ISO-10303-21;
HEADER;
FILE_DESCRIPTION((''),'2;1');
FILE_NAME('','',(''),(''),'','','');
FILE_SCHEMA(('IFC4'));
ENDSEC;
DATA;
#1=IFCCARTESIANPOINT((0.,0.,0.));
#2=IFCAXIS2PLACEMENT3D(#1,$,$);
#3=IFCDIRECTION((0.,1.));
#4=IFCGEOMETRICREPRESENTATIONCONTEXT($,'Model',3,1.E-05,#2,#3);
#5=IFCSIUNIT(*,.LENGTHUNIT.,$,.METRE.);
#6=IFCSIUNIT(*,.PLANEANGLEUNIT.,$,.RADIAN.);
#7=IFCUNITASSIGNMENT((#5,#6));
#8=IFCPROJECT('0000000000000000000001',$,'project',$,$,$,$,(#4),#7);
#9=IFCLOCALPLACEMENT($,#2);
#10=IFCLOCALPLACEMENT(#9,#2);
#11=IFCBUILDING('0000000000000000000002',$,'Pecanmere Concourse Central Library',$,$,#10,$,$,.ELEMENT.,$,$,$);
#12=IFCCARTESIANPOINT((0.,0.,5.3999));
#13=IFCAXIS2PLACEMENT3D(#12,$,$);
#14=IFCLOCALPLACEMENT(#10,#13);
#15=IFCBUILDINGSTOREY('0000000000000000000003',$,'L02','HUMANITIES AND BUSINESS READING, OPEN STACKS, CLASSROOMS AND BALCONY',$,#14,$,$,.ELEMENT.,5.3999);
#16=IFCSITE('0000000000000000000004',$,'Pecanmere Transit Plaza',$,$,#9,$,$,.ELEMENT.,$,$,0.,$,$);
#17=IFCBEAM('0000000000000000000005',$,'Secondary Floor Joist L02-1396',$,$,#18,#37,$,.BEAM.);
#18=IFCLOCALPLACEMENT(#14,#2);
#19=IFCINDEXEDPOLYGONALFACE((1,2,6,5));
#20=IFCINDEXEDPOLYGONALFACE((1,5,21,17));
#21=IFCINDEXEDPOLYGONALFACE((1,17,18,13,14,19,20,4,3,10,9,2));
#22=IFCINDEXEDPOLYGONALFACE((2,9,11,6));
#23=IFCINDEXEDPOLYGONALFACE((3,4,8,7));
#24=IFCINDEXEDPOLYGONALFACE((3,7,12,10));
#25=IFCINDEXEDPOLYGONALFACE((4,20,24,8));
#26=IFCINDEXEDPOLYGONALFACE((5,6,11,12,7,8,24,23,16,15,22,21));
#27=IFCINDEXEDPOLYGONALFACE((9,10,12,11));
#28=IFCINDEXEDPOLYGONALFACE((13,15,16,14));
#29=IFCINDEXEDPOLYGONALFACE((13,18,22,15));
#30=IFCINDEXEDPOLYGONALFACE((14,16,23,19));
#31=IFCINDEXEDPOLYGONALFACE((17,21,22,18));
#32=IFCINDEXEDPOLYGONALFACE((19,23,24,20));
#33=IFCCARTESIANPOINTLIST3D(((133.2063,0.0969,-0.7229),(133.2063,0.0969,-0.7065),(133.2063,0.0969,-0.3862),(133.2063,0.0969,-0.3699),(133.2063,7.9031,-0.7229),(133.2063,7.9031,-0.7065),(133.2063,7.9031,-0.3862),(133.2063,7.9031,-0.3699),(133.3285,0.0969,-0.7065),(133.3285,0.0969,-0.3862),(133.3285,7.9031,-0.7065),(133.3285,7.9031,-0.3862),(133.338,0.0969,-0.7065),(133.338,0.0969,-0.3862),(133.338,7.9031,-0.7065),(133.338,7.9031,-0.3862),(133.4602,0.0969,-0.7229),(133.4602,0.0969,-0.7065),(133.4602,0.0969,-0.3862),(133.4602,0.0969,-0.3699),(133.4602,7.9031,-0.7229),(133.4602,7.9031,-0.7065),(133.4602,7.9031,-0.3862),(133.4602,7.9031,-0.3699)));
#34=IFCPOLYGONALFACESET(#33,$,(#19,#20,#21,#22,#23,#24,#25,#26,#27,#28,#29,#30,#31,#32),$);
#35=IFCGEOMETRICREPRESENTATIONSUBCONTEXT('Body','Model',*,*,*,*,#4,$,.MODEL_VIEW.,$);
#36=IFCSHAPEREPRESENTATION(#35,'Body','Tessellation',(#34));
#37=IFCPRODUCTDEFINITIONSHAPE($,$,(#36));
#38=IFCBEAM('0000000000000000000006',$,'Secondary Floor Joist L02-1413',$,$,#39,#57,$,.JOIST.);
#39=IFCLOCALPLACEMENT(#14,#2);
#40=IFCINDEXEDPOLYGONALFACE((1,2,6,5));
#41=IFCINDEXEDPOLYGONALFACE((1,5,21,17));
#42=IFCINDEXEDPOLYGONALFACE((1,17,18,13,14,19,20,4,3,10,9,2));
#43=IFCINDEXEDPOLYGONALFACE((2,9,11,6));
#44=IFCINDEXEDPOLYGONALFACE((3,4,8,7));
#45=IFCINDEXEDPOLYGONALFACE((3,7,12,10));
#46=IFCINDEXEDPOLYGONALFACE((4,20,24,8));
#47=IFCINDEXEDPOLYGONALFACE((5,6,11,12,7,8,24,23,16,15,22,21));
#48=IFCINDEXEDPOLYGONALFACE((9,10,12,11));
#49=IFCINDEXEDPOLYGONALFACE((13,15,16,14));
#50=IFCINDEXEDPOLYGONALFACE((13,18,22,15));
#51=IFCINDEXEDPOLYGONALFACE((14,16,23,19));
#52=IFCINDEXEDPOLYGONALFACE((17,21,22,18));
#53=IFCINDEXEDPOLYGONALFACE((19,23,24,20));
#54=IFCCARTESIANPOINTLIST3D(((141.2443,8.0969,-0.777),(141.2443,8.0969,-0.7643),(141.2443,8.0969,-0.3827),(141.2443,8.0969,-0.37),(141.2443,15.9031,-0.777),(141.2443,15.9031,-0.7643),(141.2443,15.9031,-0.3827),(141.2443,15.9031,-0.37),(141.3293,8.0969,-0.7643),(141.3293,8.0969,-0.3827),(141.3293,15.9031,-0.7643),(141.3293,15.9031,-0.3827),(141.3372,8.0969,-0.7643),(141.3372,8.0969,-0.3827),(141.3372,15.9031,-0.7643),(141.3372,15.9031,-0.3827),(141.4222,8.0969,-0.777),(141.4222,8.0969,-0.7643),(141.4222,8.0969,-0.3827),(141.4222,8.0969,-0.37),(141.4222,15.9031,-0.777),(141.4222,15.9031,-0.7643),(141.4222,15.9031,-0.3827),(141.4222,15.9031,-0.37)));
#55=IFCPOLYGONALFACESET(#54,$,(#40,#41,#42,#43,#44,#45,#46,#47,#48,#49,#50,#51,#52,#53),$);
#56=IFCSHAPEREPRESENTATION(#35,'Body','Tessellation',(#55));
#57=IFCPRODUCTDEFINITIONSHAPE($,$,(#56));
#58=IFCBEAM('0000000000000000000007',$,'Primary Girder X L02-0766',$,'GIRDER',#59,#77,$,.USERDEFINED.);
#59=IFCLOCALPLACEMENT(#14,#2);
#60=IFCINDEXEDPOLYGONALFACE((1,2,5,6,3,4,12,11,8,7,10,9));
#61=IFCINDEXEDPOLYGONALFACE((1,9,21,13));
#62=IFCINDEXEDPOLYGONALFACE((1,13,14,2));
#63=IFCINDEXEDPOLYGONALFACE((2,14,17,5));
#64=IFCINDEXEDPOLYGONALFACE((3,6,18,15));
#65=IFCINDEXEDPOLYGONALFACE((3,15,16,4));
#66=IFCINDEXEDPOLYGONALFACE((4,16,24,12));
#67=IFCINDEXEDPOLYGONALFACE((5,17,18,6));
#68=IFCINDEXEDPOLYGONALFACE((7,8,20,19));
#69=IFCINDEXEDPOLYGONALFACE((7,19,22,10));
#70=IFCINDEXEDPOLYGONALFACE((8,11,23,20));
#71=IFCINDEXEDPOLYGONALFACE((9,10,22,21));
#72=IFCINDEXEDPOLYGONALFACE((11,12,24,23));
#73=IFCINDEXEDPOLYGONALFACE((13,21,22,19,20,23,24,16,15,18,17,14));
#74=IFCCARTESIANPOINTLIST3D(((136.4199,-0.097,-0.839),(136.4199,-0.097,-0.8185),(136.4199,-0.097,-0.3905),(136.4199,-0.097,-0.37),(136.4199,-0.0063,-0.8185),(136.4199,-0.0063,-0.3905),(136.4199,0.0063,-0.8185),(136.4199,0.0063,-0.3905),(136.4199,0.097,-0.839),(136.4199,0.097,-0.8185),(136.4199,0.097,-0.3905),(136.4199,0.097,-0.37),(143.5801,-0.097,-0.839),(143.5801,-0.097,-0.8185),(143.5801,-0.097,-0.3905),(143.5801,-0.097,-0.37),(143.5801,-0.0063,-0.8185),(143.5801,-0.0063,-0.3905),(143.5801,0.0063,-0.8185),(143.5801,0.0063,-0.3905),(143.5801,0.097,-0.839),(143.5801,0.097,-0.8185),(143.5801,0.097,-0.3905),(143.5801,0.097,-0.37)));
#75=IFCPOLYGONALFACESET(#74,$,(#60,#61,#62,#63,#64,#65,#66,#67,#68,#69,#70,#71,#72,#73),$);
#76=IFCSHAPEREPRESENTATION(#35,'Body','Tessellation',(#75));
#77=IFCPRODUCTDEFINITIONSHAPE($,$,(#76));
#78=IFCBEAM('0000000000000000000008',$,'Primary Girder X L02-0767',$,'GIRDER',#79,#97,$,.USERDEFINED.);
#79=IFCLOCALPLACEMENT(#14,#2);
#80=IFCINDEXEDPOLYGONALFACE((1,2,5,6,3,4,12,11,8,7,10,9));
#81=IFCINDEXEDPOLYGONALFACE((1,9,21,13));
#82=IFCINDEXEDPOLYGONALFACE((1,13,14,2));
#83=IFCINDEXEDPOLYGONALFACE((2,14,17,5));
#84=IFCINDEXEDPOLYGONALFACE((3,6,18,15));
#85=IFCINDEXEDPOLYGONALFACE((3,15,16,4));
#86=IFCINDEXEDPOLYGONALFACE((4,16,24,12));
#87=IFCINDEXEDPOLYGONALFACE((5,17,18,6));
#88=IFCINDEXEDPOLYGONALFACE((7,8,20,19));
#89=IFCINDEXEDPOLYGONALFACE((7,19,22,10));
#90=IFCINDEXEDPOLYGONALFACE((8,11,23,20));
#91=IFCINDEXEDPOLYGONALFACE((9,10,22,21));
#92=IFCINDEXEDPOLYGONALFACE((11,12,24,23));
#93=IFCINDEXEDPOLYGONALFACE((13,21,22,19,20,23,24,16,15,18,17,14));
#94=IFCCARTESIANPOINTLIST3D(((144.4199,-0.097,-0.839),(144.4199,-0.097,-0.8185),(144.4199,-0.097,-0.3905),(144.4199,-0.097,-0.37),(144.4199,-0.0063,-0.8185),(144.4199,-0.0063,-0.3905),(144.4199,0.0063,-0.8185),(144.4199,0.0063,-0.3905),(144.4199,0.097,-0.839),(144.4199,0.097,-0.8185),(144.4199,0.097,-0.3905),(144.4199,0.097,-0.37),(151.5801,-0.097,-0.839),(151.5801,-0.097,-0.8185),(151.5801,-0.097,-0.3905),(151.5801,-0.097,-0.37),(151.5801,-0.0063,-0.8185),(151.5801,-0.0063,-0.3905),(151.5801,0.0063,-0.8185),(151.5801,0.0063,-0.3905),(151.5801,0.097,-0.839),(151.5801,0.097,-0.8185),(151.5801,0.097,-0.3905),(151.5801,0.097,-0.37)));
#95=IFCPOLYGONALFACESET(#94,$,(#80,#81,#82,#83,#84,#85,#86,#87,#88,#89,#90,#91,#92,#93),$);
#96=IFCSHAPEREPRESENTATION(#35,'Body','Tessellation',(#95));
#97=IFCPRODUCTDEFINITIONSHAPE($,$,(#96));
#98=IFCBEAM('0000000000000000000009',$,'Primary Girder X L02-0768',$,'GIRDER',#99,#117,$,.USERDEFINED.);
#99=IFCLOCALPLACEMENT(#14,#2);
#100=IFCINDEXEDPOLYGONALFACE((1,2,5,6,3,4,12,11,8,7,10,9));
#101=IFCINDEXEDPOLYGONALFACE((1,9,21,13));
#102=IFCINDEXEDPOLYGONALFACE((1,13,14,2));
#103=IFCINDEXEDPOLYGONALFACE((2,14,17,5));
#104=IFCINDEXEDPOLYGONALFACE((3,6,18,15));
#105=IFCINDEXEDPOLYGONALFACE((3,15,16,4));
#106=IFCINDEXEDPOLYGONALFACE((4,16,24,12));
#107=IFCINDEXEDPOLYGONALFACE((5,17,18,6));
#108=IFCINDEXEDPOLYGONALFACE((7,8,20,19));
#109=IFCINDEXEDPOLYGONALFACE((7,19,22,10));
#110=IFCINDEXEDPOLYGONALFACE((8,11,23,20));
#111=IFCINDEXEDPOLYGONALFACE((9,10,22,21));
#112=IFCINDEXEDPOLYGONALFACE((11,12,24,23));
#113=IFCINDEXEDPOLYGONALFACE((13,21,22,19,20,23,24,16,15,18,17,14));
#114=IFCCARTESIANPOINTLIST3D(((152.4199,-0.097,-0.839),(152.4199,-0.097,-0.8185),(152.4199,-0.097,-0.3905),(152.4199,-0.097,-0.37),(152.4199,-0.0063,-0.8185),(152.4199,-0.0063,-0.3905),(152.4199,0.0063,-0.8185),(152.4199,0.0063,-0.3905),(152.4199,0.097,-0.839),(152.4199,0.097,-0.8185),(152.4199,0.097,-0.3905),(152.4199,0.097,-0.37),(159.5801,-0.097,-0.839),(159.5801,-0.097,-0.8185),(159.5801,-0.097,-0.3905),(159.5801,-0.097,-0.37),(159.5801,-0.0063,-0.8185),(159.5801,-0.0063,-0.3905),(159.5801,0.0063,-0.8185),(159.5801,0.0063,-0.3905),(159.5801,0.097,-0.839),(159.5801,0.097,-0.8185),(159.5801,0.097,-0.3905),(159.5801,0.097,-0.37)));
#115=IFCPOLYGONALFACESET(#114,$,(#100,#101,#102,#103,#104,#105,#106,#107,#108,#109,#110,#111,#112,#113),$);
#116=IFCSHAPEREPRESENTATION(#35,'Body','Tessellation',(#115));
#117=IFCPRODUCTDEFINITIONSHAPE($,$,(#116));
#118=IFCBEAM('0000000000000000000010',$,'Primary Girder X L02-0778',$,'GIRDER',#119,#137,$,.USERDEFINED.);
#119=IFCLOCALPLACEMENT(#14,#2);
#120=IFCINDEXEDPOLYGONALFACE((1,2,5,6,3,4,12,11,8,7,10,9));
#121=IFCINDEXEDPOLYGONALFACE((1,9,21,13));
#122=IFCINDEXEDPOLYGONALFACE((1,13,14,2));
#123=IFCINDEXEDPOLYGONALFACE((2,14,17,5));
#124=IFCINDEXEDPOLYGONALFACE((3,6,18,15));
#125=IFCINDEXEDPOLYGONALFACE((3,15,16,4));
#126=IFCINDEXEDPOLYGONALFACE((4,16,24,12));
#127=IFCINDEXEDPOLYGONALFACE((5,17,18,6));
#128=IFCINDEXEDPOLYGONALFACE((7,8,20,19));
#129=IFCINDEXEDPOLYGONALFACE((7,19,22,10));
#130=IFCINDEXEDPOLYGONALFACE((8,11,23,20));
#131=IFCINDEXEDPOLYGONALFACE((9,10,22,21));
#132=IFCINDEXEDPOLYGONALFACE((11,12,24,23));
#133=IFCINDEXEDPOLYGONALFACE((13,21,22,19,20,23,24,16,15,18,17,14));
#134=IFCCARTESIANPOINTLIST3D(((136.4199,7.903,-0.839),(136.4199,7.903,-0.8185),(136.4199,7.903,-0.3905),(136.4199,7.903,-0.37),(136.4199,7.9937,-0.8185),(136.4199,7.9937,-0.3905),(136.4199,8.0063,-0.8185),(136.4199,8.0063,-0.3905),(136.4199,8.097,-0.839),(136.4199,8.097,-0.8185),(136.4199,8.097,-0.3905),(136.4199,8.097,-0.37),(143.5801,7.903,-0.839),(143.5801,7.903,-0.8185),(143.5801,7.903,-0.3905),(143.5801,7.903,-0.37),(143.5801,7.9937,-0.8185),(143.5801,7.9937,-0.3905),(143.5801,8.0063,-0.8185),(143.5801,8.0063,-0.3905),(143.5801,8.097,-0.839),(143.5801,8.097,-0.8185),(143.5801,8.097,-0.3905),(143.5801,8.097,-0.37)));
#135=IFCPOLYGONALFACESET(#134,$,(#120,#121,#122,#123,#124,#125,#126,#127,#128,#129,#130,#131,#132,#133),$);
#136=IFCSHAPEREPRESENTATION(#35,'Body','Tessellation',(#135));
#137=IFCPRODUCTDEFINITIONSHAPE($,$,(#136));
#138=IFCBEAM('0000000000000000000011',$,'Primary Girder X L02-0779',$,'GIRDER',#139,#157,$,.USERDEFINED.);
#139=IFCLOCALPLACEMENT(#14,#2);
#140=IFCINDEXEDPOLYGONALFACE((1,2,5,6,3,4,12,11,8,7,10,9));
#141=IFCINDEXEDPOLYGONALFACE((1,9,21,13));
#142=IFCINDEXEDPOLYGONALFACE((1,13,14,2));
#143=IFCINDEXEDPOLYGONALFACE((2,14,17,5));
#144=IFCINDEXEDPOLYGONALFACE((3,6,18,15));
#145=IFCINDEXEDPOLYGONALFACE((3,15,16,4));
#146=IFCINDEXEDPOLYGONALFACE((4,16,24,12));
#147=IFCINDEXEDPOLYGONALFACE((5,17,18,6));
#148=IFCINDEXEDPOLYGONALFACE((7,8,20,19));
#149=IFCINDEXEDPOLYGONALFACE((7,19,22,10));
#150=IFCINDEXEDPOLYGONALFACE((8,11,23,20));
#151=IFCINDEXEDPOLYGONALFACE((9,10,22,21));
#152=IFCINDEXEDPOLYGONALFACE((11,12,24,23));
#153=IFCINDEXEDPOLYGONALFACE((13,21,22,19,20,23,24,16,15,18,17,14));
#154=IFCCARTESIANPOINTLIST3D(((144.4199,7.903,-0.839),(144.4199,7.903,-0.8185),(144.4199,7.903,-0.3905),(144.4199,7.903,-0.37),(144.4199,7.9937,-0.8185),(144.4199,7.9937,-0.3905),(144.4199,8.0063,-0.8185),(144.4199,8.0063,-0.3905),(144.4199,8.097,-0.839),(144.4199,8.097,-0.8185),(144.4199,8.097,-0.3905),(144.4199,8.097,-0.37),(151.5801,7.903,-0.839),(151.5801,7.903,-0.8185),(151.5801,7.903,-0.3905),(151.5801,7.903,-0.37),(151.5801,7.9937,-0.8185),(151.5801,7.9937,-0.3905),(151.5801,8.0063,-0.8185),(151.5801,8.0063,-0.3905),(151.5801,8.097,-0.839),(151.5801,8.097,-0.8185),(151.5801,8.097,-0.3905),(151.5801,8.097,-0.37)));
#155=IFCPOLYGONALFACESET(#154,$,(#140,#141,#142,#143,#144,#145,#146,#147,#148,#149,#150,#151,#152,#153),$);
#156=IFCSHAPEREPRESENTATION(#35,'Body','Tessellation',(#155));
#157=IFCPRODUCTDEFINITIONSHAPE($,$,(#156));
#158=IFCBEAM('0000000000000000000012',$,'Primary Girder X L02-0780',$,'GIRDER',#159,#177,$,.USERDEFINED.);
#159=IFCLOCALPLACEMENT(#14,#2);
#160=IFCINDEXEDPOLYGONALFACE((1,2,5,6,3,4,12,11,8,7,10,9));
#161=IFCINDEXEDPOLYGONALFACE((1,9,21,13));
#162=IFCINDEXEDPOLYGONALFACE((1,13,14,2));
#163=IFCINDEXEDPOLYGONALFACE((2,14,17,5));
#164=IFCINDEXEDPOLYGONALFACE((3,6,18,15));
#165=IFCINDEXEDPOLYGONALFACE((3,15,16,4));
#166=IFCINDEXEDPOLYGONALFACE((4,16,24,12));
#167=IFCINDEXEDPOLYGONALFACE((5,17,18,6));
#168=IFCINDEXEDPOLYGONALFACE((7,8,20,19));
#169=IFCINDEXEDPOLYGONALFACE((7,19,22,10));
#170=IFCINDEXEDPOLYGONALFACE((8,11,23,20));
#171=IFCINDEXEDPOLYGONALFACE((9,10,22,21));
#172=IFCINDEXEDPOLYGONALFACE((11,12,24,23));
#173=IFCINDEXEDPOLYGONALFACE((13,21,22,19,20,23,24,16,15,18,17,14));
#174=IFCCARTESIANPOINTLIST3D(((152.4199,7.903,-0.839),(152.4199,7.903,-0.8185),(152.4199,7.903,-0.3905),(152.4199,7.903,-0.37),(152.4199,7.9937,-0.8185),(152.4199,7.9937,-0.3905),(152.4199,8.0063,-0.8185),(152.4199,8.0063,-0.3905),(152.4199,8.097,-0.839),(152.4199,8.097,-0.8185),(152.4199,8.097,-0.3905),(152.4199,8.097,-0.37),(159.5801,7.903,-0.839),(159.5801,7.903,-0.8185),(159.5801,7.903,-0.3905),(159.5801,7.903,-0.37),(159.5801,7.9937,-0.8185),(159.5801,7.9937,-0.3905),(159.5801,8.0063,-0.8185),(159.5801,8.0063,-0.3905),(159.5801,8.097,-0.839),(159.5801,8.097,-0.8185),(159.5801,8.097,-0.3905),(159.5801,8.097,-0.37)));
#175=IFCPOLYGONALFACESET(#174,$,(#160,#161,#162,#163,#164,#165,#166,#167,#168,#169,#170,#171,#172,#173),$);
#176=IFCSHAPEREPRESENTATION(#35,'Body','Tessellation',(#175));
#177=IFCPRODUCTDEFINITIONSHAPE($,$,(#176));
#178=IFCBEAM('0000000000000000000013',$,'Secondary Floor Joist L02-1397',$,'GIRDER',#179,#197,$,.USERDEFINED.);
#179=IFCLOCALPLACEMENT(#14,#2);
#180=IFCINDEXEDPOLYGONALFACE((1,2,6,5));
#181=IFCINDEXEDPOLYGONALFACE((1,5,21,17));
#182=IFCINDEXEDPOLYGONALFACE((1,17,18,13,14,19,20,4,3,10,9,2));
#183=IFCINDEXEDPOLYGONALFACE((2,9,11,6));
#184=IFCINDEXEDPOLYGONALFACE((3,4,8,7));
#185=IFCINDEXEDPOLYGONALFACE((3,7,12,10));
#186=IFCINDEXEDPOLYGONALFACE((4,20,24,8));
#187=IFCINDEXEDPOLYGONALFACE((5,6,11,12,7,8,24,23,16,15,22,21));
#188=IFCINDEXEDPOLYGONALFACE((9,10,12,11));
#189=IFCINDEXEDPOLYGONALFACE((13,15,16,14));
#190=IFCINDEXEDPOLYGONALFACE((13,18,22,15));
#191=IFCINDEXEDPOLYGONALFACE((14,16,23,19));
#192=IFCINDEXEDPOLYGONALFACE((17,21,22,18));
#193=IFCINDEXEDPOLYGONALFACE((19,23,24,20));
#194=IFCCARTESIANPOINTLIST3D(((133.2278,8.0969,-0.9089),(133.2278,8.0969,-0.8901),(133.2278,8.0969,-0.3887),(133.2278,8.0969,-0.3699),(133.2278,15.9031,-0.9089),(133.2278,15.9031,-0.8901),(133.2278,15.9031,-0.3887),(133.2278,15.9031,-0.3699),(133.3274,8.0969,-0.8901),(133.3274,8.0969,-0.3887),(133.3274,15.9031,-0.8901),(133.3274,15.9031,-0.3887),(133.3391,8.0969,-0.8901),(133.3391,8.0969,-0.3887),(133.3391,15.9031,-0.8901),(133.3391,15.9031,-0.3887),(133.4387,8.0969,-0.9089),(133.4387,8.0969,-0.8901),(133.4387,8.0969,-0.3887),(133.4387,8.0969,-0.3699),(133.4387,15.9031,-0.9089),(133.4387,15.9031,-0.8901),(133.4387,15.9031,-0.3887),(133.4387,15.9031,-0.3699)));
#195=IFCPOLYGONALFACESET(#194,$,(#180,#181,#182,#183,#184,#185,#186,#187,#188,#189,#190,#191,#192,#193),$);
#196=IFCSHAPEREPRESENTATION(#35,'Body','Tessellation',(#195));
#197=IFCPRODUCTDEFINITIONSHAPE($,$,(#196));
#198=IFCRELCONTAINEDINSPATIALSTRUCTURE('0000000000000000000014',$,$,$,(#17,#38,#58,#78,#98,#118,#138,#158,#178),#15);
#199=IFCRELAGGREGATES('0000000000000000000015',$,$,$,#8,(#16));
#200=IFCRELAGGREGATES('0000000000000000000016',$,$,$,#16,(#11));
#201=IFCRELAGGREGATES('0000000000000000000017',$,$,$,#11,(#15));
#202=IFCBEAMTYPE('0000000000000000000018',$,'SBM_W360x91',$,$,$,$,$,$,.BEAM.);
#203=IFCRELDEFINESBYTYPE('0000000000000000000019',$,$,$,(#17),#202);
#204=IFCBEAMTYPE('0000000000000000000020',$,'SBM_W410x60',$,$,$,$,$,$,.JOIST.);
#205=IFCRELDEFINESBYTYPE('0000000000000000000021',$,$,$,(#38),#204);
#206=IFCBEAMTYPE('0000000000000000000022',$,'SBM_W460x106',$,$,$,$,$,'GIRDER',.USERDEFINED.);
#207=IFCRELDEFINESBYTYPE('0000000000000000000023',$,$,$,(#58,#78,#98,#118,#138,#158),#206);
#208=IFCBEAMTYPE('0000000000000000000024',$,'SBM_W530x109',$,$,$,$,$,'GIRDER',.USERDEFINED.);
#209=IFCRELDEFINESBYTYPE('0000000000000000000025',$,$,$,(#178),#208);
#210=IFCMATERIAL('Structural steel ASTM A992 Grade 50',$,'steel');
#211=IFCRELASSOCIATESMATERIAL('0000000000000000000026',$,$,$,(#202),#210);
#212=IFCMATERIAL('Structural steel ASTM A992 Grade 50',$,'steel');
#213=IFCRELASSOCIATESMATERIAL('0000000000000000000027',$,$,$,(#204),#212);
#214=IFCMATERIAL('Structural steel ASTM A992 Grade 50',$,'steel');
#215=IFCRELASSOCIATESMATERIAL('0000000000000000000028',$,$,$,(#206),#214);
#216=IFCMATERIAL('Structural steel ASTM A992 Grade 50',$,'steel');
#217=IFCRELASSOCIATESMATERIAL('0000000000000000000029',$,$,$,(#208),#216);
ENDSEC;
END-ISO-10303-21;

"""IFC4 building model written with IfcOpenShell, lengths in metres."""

from ifc_helpers import new_model, si_unit, direction, frame, origin, origin_2d, place, context, subcontext, project, spatial, i_section, extrude, material, material_profile, profile_set, type_object, element, save


model = new_model("IFC4")

# Units and contexts
model_context = context("Model", 3, precision=1e-05, world=origin(), true_north=direction((0.0, 1.0)))
body_context = subcontext(model_context, "Body", "Model", "MODEL_VIEW")
ifc_project = project(units=[si_unit("LENGTHUNIT", "METRE"), si_unit("PLANEANGLEUNIT", "RADIAN")], contexts=[model_context])

# Site, building, storey
site_placement = place(None, origin())
site = spatial("IfcSite", under=ifc_project, at=site_placement, Name="Pecanmere Transit Plaza", CompositionType="ELEMENT", RefElevation=0.0)
building_placement = place(site_placement, origin())
building = spatial("IfcBuilding", under=site, at=building_placement, Name="Pecanmere Concourse Central Library", CompositionType="ELEMENT")
storey_placement = place(building_placement, frame((0.0, 0.0, 5.3999)))
storey = spatial("IfcBuildingStorey", under=building, at=storey_placement, Name="L02", Description="HUMANITIES AND BUSINESS READING, OPEN STACKS, CLASSROOMS AND BALCONY", CompositionType="ELEMENT", Elevation=5.3999)

# Beams
ifc_material_1 = material(Name="Structural steel ASTM A992 Grade 50", Category="steel")
ifc_material_profile_1 = material_profile(ifc_material_1, i_section(OverallWidth=0.2539, OverallDepth=0.353, WebThickness=0.0095, FlangeThickness=0.0164, at=origin_2d()), Name="W360x91")
ifc_profile_set_1 = profile_set([ifc_material_profile_1], Name="Structural steel ASTM A992 Grade 50")
beam_type_1 = type_object("IfcBeamType", Name="SBM_W360x91", PredefinedType="BEAM", material=ifc_profile_set_1)
beam_1_placement = place(storey_placement, frame((133.3333, 0.0969, -0.5464), z_axis=(0.0, 1.0, 0.0), x_axis=(-1.0, 0.0, 0.0)))
element("IfcBeam", 1, at=beam_1_placement, inside=storey, type_object=beam_type_1, Name="Secondary Floor Joist L02-1396", PredefinedType="BEAM", context=body_context, shape_type="SweptSolid", body=[
    extrude(i_section(OverallWidth=0.2539, OverallDepth=0.353, WebThickness=0.0095, FlangeThickness=0.0164, at=origin_2d()), origin(), (0.0, 0.0, 1.0), 7.8062),
])
ifc_material_2 = material(Name="Structural steel ASTM A992 Grade 50", Category="steel")
ifc_material_profile_2 = material_profile(ifc_material_2, i_section(OverallWidth=0.178, OverallDepth=0.407, WebThickness=0.0078, FlangeThickness=0.0127, at=origin_2d()), Name="W410x60")
ifc_profile_set_2 = profile_set([ifc_material_profile_2], Name="Structural steel ASTM A992 Grade 50")
beam_type_2 = type_object("IfcBeamType", Name="SBM_W410x60", PredefinedType="JOIST", material=ifc_profile_set_2)
beam_2_placement = place(storey_placement, frame((141.3333, 8.0969, -0.5735), z_axis=(0.0, 1.0, 0.0), x_axis=(-1.0, 0.0, 0.0)))
element("IfcBeam", 2, at=beam_2_placement, inside=storey, type_object=beam_type_2, Name="Secondary Floor Joist L02-1413", PredefinedType="JOIST", context=body_context, shape_type="SweptSolid", body=[
    extrude(i_section(OverallWidth=0.178, OverallDepth=0.407, WebThickness=0.0078, FlangeThickness=0.0127, at=origin_2d()), origin(), (0.0, 0.0, 1.0), 7.8062),
])
ifc_material_3 = material(Name="Structural steel ASTM A992 Grade 50", Category="steel")
ifc_material_profile_3 = material_profile(ifc_material_3, i_section(OverallWidth=0.1941, OverallDepth=0.469, WebThickness=0.0127, FlangeThickness=0.0205, at=origin_2d()), Name="W460x106")
ifc_profile_set_3 = profile_set([ifc_material_profile_3], Name="Structural steel ASTM A992 Grade 50")
beam_type_3 = type_object("IfcBeamType", Name="SBM_W460x106", ElementType="GIRDER", PredefinedType="USERDEFINED", material=ifc_profile_set_3)
for number, where, z_axis, x_axis, name in (
    (3, (136.4199, 0.0, -0.6045), (1.0, 0.0, 0.0), (0.0, 1.0, 0.0), "Primary Girder X L02-0766"),
    (4, (144.4199, 0.0, -0.6045), (1.0, 0.0, 0.0), (0.0, 1.0, 0.0), "Primary Girder X L02-0767"),
    (5, (152.4199, 0.0, -0.6045), (1.0, 0.0, 0.0), (0.0, 1.0, 0.0), "Primary Girder X L02-0768"),
    (6, (136.4199, 8.0, -0.6045), (1.0, 0.0, 0.0), (0.0, 1.0, 0.0), "Primary Girder X L02-0778"),
    (7, (144.4199, 8.0, -0.6045), (1.0, 0.0, 0.0), (0.0, 1.0, 0.0), "Primary Girder X L02-0779"),
    (8, (152.4199, 8.0, -0.6045), (1.0, 0.0, 0.0), (0.0, 1.0, 0.0), "Primary Girder X L02-0780"),
):
    element("IfcBeam", number, at=place(storey_placement, frame(where, z_axis=z_axis, x_axis=x_axis)), inside=storey, type_object=beam_type_3, Name=name, ObjectType="GIRDER", PredefinedType="USERDEFINED", context=body_context, shape_type="SweptSolid", body=[
        extrude(i_section(OverallWidth=0.1941, OverallDepth=0.469, WebThickness=0.0127, FlangeThickness=0.0205, at=origin_2d()), origin(), (0.0, 0.0, 1.0), 7.1602),
    ])
ifc_material_4 = material(Name="Structural steel ASTM A992 Grade 50", Category="steel")
ifc_material_profile_4 = material_profile(ifc_material_4, i_section(OverallWidth=0.2109, OverallDepth=0.5391, WebThickness=0.0117, FlangeThickness=0.0188, at=origin_2d()), Name="W530x109")
ifc_profile_set_4 = profile_set([ifc_material_profile_4], Name="Structural steel ASTM A992 Grade 50")
beam_type_4 = type_object("IfcBeamType", Name="SBM_W530x109", ElementType="GIRDER", PredefinedType="USERDEFINED", material=ifc_profile_set_4)
for number, where, z_axis, x_axis, name in (
    (9, (133.3333, 8.0969, -0.6394), (0.0, 1.0, 0.0), (-1.0, 0.0, 0.0), "Secondary Floor Joist L02-1397"),
):
    element("IfcBeam", number, at=place(storey_placement, frame(where, z_axis=z_axis, x_axis=x_axis)), inside=storey, type_object=beam_type_4, Name=name, ObjectType="GIRDER", PredefinedType="USERDEFINED", context=body_context, shape_type="SweptSolid", body=[
        extrude(i_section(OverallWidth=0.2109, OverallDepth=0.5391, WebThickness=0.0117, FlangeThickness=0.0188, at=origin_2d()), origin(), (0.0, 0.0, 1.0), 7.8062),
    ])

save(model, "model.ifc")
